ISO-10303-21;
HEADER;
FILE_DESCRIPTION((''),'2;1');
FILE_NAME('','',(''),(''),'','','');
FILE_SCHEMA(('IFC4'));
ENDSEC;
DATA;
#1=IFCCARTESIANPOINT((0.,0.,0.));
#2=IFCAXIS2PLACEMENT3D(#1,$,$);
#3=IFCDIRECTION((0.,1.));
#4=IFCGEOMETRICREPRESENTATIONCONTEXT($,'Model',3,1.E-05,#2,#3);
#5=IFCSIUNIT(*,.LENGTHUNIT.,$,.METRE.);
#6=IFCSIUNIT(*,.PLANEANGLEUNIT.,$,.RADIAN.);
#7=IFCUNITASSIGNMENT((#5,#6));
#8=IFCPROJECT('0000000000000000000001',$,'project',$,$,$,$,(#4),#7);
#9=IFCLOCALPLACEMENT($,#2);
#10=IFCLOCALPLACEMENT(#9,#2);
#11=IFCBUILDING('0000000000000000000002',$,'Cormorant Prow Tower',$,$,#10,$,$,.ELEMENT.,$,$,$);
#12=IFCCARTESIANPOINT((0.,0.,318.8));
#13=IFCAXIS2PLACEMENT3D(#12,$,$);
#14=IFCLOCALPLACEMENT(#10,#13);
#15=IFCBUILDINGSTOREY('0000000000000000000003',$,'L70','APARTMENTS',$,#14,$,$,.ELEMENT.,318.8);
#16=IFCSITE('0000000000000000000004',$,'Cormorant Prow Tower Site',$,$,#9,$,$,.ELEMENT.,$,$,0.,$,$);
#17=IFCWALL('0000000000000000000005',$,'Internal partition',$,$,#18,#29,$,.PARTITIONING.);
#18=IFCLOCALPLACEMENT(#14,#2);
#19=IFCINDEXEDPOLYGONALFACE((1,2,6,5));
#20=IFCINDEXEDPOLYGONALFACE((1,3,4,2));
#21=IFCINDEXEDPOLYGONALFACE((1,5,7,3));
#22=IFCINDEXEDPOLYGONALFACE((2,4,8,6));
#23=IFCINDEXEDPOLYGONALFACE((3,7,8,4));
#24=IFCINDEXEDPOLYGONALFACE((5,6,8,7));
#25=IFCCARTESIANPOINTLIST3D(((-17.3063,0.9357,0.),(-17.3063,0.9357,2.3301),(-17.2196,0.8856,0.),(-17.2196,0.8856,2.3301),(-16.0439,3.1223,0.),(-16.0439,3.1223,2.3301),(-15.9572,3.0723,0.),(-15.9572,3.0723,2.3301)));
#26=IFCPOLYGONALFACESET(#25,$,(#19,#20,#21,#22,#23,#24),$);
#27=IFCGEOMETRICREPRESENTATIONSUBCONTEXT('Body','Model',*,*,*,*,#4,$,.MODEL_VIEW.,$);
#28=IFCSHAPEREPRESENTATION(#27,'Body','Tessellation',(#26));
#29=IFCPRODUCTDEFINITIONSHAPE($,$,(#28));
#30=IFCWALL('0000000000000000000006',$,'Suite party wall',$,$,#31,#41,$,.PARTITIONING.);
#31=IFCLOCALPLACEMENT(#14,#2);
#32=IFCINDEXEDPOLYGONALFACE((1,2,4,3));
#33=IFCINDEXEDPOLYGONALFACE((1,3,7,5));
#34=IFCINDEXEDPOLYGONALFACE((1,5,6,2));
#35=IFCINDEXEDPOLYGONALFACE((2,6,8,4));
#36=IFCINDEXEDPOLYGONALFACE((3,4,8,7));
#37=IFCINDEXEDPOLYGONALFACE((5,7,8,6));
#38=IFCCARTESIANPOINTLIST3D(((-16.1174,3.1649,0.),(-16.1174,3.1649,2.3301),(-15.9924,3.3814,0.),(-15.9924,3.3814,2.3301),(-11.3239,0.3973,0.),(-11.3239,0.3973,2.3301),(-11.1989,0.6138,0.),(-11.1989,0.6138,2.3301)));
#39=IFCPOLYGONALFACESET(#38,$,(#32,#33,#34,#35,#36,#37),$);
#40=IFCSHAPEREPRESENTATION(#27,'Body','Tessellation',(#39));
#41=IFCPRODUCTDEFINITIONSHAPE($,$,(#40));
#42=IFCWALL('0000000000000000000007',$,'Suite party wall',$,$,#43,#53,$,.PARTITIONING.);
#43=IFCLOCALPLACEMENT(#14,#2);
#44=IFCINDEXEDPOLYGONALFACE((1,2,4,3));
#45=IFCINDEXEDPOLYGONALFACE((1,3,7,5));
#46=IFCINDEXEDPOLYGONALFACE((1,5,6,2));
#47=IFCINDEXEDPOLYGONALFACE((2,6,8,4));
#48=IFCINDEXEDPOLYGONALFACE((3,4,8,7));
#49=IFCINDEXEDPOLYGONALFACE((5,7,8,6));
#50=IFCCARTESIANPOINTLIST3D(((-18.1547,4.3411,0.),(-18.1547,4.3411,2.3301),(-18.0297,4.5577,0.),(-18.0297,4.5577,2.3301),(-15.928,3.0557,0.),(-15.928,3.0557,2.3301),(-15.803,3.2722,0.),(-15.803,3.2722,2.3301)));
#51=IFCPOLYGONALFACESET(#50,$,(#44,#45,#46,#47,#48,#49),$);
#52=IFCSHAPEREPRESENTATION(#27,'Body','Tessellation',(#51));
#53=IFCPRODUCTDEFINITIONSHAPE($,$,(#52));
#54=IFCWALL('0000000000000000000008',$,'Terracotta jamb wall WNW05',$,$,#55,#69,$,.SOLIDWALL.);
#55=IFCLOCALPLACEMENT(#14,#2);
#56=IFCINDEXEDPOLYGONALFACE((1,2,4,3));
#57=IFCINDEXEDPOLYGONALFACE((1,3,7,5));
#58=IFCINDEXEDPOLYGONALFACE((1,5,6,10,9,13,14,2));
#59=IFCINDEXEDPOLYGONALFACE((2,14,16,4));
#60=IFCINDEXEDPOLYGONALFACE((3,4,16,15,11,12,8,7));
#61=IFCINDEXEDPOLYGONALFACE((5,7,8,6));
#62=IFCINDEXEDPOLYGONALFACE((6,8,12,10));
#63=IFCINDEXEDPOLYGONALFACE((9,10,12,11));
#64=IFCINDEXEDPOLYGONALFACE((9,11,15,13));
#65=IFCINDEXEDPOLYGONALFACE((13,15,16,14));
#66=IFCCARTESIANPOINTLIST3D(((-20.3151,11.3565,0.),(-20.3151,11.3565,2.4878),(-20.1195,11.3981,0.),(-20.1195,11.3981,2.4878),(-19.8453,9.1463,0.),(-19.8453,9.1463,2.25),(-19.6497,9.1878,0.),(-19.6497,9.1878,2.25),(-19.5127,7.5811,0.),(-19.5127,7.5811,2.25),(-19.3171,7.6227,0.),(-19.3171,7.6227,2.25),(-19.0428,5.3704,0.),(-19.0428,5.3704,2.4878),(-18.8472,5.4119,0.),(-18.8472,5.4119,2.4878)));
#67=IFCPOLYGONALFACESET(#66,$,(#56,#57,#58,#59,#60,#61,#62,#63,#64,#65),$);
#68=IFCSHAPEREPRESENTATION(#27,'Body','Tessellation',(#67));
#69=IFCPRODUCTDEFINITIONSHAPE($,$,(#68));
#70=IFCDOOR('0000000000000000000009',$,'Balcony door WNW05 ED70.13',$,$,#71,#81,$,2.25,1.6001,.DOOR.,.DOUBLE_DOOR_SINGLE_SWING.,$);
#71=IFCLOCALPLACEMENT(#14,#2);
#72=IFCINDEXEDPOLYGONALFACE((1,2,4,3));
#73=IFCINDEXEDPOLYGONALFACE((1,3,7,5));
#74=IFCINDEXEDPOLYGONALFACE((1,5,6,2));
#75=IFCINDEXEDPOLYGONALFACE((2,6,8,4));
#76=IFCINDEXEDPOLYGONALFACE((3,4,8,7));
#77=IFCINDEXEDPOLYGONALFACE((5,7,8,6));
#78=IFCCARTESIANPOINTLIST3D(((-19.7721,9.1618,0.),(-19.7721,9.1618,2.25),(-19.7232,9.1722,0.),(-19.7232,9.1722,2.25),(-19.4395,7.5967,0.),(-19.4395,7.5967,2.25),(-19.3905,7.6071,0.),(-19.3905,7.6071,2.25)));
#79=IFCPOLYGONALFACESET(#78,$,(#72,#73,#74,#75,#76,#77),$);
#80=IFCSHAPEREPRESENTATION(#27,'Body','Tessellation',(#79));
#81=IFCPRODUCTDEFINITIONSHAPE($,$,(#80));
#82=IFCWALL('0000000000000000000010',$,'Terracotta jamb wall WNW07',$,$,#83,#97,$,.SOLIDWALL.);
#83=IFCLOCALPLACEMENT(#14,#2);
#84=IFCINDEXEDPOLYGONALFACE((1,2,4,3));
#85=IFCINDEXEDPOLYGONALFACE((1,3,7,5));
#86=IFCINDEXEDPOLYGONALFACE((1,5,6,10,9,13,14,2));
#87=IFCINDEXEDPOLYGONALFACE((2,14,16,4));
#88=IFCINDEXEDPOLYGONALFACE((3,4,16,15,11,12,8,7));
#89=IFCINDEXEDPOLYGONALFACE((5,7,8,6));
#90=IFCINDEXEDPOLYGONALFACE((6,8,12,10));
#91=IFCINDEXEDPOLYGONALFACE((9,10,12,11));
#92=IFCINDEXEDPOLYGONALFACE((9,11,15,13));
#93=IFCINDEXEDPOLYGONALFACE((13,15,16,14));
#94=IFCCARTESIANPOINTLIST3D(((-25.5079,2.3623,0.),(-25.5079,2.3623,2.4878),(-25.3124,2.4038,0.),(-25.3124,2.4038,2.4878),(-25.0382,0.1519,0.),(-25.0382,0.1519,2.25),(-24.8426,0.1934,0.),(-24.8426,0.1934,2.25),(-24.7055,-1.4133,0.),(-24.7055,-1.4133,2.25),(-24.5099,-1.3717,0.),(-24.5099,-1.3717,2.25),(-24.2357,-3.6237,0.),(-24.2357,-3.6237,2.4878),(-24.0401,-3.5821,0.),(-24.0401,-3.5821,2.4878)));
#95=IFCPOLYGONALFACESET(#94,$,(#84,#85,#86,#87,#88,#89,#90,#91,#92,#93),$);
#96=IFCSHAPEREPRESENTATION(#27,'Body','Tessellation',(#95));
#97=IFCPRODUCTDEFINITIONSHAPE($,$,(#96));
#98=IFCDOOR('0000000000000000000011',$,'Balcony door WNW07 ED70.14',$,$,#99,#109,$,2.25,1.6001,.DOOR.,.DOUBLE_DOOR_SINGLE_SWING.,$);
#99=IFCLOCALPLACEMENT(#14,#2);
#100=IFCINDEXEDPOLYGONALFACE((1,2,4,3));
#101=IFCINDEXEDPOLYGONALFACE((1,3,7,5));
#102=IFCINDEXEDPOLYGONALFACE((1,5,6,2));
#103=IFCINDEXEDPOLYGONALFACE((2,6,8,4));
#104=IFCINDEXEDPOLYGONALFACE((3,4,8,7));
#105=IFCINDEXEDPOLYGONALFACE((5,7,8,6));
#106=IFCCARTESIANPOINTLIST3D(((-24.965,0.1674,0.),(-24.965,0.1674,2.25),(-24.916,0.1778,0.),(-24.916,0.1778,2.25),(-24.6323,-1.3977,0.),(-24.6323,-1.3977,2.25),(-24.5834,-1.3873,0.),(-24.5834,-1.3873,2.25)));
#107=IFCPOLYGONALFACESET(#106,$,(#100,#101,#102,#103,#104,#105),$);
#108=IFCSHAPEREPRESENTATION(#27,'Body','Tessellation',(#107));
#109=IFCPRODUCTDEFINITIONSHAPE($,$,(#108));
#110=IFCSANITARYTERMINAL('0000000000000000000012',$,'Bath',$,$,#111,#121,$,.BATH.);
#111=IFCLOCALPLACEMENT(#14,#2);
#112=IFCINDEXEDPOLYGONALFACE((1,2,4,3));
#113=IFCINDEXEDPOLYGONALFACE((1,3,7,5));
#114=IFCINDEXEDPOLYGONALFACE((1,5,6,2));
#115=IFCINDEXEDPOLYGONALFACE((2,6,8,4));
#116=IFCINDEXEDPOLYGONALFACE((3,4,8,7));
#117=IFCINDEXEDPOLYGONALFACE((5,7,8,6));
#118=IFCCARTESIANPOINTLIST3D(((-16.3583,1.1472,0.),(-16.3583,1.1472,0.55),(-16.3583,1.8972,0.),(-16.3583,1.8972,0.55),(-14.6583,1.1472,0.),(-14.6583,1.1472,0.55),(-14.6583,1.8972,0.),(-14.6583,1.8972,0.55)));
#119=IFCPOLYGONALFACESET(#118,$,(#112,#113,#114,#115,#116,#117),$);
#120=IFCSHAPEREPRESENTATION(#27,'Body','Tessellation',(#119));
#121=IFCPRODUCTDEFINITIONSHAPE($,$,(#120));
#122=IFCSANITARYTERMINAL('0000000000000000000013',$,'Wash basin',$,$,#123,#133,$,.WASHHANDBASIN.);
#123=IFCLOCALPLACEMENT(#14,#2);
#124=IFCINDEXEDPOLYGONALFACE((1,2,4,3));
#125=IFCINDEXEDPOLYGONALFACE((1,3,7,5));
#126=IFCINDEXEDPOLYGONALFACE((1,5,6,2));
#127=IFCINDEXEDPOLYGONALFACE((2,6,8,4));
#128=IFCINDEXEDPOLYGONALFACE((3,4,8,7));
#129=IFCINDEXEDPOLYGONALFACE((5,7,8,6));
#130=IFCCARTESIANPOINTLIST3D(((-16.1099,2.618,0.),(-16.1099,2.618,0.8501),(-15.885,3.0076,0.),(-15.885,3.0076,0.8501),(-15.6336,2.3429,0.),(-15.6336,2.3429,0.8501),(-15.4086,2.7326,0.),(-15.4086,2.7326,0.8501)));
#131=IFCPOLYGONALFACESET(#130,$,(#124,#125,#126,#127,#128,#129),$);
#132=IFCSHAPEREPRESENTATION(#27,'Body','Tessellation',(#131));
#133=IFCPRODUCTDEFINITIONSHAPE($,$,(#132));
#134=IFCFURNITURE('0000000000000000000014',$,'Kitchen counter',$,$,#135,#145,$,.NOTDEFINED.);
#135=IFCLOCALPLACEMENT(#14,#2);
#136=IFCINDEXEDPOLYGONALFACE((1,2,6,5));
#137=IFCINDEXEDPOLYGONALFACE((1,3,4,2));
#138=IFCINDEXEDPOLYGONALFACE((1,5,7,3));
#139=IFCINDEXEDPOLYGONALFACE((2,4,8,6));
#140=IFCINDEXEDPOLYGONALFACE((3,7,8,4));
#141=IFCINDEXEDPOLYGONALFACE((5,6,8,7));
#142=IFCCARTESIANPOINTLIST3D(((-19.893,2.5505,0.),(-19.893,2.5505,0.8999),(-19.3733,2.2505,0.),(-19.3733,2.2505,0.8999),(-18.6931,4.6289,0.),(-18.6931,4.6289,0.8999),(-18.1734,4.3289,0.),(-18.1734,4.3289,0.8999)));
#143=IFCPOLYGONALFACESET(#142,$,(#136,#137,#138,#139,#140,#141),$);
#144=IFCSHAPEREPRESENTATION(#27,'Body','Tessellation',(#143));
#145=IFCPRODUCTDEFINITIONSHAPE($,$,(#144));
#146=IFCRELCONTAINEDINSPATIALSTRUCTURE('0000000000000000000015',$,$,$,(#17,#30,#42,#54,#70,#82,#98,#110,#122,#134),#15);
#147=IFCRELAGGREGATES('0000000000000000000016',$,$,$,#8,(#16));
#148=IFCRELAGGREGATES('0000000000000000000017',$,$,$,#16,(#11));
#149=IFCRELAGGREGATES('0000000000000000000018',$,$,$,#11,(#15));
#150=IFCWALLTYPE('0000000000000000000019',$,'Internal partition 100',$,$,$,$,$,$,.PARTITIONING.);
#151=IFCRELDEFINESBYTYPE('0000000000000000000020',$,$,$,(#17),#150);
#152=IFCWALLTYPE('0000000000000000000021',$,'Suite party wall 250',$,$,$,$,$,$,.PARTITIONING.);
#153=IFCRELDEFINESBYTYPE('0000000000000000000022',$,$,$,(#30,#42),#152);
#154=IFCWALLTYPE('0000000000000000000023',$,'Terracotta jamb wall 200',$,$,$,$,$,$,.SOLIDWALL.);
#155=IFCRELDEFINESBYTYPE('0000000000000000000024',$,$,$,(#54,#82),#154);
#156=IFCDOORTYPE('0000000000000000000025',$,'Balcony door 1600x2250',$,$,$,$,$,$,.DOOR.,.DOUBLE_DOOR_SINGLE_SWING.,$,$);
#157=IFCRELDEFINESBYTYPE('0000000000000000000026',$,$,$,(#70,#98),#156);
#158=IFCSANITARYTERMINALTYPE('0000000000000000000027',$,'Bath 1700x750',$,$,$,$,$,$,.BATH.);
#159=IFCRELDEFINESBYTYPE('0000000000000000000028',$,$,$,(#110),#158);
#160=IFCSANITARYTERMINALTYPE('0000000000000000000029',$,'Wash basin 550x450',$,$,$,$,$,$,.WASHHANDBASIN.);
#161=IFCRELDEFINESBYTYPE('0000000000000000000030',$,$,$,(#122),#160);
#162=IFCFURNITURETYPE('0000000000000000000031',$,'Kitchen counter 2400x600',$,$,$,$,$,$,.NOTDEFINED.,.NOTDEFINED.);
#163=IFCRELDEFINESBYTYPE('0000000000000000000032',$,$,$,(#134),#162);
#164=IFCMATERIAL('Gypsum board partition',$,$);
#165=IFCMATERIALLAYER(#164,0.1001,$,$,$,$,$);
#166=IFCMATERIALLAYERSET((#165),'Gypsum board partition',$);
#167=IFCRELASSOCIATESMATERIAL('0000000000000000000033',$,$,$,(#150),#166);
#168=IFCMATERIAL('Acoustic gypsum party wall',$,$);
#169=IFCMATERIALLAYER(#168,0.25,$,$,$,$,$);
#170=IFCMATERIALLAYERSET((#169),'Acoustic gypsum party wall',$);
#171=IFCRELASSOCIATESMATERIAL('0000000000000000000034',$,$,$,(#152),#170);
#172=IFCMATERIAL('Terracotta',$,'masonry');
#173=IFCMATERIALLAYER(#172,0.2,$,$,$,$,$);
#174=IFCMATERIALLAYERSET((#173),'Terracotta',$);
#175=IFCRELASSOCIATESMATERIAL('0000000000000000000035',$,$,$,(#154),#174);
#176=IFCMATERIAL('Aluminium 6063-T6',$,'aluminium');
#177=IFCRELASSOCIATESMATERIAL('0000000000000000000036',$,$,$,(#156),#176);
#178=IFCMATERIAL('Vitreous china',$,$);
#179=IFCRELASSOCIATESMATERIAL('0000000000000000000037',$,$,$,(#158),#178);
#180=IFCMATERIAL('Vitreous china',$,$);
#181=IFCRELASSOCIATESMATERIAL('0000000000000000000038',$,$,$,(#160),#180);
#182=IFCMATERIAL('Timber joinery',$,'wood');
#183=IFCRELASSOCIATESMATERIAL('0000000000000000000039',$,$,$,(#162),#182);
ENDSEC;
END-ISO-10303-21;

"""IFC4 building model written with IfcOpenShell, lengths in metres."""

from ifc_helpers import new_model, si_unit, direction, frame, frame_2d, origin, origin_2d, place, context, subcontext, project, spatial, rectangle, extrude, material, layer, layer_set, type_object, element, fill, save


model = new_model("IFC4")

# Units and contexts
model_context = context("Model", 3, precision=1e-05, world=origin(), true_north=direction((0.0, 1.0)))
body_context = subcontext(model_context, "Body", "Model", "MODEL_VIEW")
ifc_project = project(units=[si_unit("LENGTHUNIT", "METRE"), si_unit("PLANEANGLEUNIT", "RADIAN")], contexts=[model_context])

# Site, building, storey
site_placement = place(None, origin())
site = spatial("IfcSite", under=ifc_project, at=site_placement, Name="Cormorant Prow Tower Site", CompositionType="ELEMENT", RefElevation=0.0)
building_placement = place(site_placement, origin())
building = spatial("IfcBuilding", under=site, at=building_placement, Name="Cormorant Prow Tower", CompositionType="ELEMENT")
storey_placement = place(building_placement, frame((0.0, 0.0, 318.8)))
storey = spatial("IfcBuildingStorey", under=building, at=storey_placement, Name="L70", Description="APARTMENTS", CompositionType="ELEMENT", Elevation=318.8)

# Shared definitions
ifc_material_1 = material(Name="Gypsum board partition")
ifc_layer_1 = layer(ifc_material_1, 0.1001)
ifc_layer_set_1 = layer_set([ifc_layer_1], Name="Gypsum board partition")
wall_type_1 = type_object("IfcWallType", Name="Internal partition 100", PredefinedType="PARTITIONING", material=ifc_layer_set_1)

# Walls
for number, where, z_axis, x_axis, name in (
    (1, (-17.2629, 0.9106, 0.0), (0.0, 0.0, 1.0), (0.499976, 0.866039, 0.0), "Internal partition"),
):
    element("IfcWall", number, at=place(storey_placement, frame(where, z_axis=z_axis, x_axis=x_axis)), inside=storey, type_object=wall_type_1, Name=name, PredefinedType="PARTITIONING", context=body_context, shape_type="SweptSolid", body=[
        extrude(rectangle(XDim=2.5249, YDim=0.1001, at=frame_2d((1.2625, 0.0))), origin(), (0.0, 0.0, 1.0), 2.3301),
    ])
ifc_material_2 = material(Name="Acoustic gypsum party wall")
ifc_layer_2 = layer(ifc_material_2, 0.25)
ifc_layer_set_2 = layer_set([ifc_layer_2], Name="Acoustic gypsum party wall")
wall_type_2 = type_object("IfcWallType", Name="Suite party wall 250", PredefinedType="PARTITIONING", material=ifc_layer_set_2)
wall_1_placement = place(storey_placement, frame((-16.0549, 3.2732, 0.0), z_axis=(0.0, 0.0, 1.0), x_axis=(0.86602, -0.50001, 0.0)))
element("IfcWall", 2, at=wall_1_placement, inside=storey, type_object=wall_type_2, Name="Suite party wall", PredefinedType="PARTITIONING", context=body_context, shape_type="SweptSolid", body=[
    extrude(rectangle(XDim=5.5352, YDim=0.25, at=frame_2d((2.7676, 0.0))), origin(), (0.0, 0.0, 1.0), 2.3301),
])
wall_2_placement = place(storey_placement, frame((-18.0923, 4.4495, 0.0), z_axis=(0.0, 0.0, 1.0), x_axis=(0.866043, -0.499969, 0.0)))
element("IfcWall", 3, at=wall_2_placement, inside=storey, type_object=wall_type_2, Name="Suite party wall", PredefinedType="PARTITIONING", context=body_context, shape_type="SweptSolid", body=[
    extrude(rectangle(XDim=2.571, YDim=0.25, at=frame_2d((1.2856, 0.0))), origin(), (0.0, 0.0, 1.0), 2.3301),
])

# Walls, openings, doors
ifc_material_3 = material(Name="Terracotta", Category="masonry")
ifc_layer_3 = layer(ifc_material_3, 0.2)
ifc_layer_set_3 = layer_set([ifc_layer_3], Name="Terracotta")
wall_type_3 = type_object("IfcWallType", Name="Terracotta jamb wall 200", PredefinedType="SOLIDWALL", material=ifc_layer_set_3)
wall_3_placement = place(storey_placement, frame((-20.2173, 11.3774, 0.0), z_axis=(0.0, 0.0, 1.0), x_axis=(0.207886, -0.978153, 0.0)))
wall_3 = element("IfcWall", 4, at=wall_3_placement, inside=storey, type_object=wall_type_3, Name="Terracotta jamb wall WNW05", PredefinedType="SOLIDWALL", context=body_context, shape_type="SweptSolid", body=[
    extrude(rectangle(XDim=6.1199, YDim=0.2, at=frame_2d((3.0601, 0.0))), origin(), (0.0, 0.0, 1.0), 2.4878),
])
opening_1_placement = place(wall_3_placement, frame((2.2598, 0.0, 0.0)))
opening_1 = element("IfcOpeningElement", 5, at=opening_1_placement, cuts=wall_3, PredefinedType="OPENING", context=body_context, shape_type="SweptSolid", body=[
    extrude(rectangle(XDim=1.6001, YDim=2.25, at=frame_2d((0.8, 1.125))), frame((0.0, 0.1099, 0.0), z_axis=(0.0, -1.0, 0.0), x_axis=(1.0, 0.0, 0.0)), (0.0, 0.0, 1.0), 0.22),
])
ifc_material_4 = material(Name="Aluminium 6063-T6", Category="aluminium")
door_type_1 = type_object("IfcDoorType", Name="Balcony door 1600x2250", OperationType="DOUBLE_DOOR_SINGLE_SWING", PredefinedType="DOOR", material=ifc_material_4)
door_1_placement = place(opening_1_placement, origin())
door_1 = element("IfcDoor", 6, at=door_1_placement, inside=storey, type_object=door_type_1, Name="Balcony door WNW05 ED70.13", OperationType="DOUBLE_DOOR_SINGLE_SWING", OverallHeight=2.25, OverallWidth=1.6001, PredefinedType="DOOR", context=body_context, shape_type="SweptSolid", body=[
    extrude(rectangle(XDim=1.6001, YDim=2.25, at=frame_2d((0.8, 1.125))), frame((0.0, 0.0249, 0.0), z_axis=(0.0, -1.0, 0.0), x_axis=(1.0, 0.0, 0.0)), (0.0, 0.0, 1.0), 0.05),
])
fill(opening_1, door_1)
wall_4_placement = place(storey_placement, frame((-25.4102, 2.3831, 0.0), z_axis=(0.0, 0.0, 1.0), x_axis=(0.207894, -0.978151, 0.0)))
wall_4 = element("IfcWall", 7, at=wall_4_placement, inside=storey, type_object=wall_type_3, Name="Terracotta jamb wall WNW07", PredefinedType="SOLIDWALL", context=body_context, shape_type="SweptSolid", body=[
    extrude(rectangle(XDim=6.1196, YDim=0.2, at=frame_2d((3.0598, 0.0))), origin(), (0.0, 0.0, 1.0), 2.4878),
])
opening_2_placement = place(wall_4_placement, frame((2.2598, 0.0, 0.0)))
opening_2 = element("IfcOpeningElement", 8, at=opening_2_placement, cuts=wall_4, PredefinedType="OPENING", context=body_context, shape_type="SweptSolid", body=[
    extrude(rectangle(XDim=1.6001, YDim=2.25, at=frame_2d((0.8, 1.125))), frame((0.0, 0.1099, 0.0), z_axis=(0.0, -1.0, 0.0), x_axis=(1.0, 0.0, 0.0)), (0.0, 0.0, 1.0), 0.22),
])
door_2_placement = place(opening_2_placement, origin())
door_2 = element("IfcDoor", 9, at=door_2_placement, inside=storey, type_object=door_type_1, Name="Balcony door WNW07 ED70.14", OperationType="DOUBLE_DOOR_SINGLE_SWING", OverallHeight=2.25, OverallWidth=1.6001, PredefinedType="DOOR", context=body_context, shape_type="SweptSolid", body=[
    extrude(rectangle(XDim=1.6001, YDim=2.25, at=frame_2d((0.8, 1.125))), frame((0.0, 0.0249, 0.0), z_axis=(0.0, -1.0, 0.0), x_axis=(1.0, 0.0, 0.0)), (0.0, 0.0, 1.0), 0.05),
])
fill(opening_2, door_2)

# Sanitary terminals
ifc_material_5 = material(Name="Vitreous china")
sanitary_terminal_type_1 = type_object("IfcSanitaryTerminalType", Name="Bath 1700x750", PredefinedType="BATH", material=ifc_material_5)
sanitary_terminal_1_placement = place(storey_placement, frame((-15.5083, 1.5222, 0.0), z_axis=(0.0, 0.0, 1.0), x_axis=(1.0, 0.0, 0.0)))
element("IfcSanitaryTerminal", 10, at=sanitary_terminal_1_placement, inside=storey, type_object=sanitary_terminal_type_1, Name="Bath", PredefinedType="BATH", context=body_context, shape_type="SweptSolid", body=[
    extrude(rectangle(XDim=1.7, YDim=0.75, at=origin_2d()), origin(), (0.0, 0.0, 1.0), 0.55),
])
ifc_material_6 = material(Name="Vitreous china")
sanitary_terminal_type_2 = type_object("IfcSanitaryTerminalType", Name="Wash basin 550x450", PredefinedType="WASHHANDBASIN", material=ifc_material_6)
sanitary_terminal_2_placement = place(storey_placement, frame((-15.7593, 2.6753, 0.0), z_axis=(0.0, 0.0, 1.0), x_axis=(0.866025, -0.5, 0.0)))
element("IfcSanitaryTerminal", 11, at=sanitary_terminal_2_placement, inside=storey, type_object=sanitary_terminal_type_2, Name="Wash basin", PredefinedType="WASHHANDBASIN", context=body_context, shape_type="SweptSolid", body=[
    extrude(rectangle(XDim=0.55, YDim=0.45, at=origin_2d()), origin(), (0.0, 0.0, 1.0), 0.8501),
])

# Furniture
ifc_material_7 = material(Name="Timber joinery", Category="wood")
furniture_type = type_object("IfcFurnitureType", Name="Kitchen counter 2400x600", AssemblyPlace="NOTDEFINED", PredefinedType="NOTDEFINED", material=ifc_material_7)
furniture_placement = place(storey_placement, frame((-19.0332, 3.4397, 0.0), z_axis=(0.0, 0.0, 1.0), x_axis=(-0.5, -0.866025, 0.0)))
element("IfcFurniture", 12, at=furniture_placement, inside=storey, type_object=furniture_type, Name="Kitchen counter", PredefinedType="NOTDEFINED", context=body_context, shape_type="SweptSolid", body=[
    extrude(rectangle(XDim=2.3999, YDim=0.6001, at=origin_2d()), origin(), (0.0, 0.0, 1.0), 0.8999),
])

save(model, "model.ifc")
